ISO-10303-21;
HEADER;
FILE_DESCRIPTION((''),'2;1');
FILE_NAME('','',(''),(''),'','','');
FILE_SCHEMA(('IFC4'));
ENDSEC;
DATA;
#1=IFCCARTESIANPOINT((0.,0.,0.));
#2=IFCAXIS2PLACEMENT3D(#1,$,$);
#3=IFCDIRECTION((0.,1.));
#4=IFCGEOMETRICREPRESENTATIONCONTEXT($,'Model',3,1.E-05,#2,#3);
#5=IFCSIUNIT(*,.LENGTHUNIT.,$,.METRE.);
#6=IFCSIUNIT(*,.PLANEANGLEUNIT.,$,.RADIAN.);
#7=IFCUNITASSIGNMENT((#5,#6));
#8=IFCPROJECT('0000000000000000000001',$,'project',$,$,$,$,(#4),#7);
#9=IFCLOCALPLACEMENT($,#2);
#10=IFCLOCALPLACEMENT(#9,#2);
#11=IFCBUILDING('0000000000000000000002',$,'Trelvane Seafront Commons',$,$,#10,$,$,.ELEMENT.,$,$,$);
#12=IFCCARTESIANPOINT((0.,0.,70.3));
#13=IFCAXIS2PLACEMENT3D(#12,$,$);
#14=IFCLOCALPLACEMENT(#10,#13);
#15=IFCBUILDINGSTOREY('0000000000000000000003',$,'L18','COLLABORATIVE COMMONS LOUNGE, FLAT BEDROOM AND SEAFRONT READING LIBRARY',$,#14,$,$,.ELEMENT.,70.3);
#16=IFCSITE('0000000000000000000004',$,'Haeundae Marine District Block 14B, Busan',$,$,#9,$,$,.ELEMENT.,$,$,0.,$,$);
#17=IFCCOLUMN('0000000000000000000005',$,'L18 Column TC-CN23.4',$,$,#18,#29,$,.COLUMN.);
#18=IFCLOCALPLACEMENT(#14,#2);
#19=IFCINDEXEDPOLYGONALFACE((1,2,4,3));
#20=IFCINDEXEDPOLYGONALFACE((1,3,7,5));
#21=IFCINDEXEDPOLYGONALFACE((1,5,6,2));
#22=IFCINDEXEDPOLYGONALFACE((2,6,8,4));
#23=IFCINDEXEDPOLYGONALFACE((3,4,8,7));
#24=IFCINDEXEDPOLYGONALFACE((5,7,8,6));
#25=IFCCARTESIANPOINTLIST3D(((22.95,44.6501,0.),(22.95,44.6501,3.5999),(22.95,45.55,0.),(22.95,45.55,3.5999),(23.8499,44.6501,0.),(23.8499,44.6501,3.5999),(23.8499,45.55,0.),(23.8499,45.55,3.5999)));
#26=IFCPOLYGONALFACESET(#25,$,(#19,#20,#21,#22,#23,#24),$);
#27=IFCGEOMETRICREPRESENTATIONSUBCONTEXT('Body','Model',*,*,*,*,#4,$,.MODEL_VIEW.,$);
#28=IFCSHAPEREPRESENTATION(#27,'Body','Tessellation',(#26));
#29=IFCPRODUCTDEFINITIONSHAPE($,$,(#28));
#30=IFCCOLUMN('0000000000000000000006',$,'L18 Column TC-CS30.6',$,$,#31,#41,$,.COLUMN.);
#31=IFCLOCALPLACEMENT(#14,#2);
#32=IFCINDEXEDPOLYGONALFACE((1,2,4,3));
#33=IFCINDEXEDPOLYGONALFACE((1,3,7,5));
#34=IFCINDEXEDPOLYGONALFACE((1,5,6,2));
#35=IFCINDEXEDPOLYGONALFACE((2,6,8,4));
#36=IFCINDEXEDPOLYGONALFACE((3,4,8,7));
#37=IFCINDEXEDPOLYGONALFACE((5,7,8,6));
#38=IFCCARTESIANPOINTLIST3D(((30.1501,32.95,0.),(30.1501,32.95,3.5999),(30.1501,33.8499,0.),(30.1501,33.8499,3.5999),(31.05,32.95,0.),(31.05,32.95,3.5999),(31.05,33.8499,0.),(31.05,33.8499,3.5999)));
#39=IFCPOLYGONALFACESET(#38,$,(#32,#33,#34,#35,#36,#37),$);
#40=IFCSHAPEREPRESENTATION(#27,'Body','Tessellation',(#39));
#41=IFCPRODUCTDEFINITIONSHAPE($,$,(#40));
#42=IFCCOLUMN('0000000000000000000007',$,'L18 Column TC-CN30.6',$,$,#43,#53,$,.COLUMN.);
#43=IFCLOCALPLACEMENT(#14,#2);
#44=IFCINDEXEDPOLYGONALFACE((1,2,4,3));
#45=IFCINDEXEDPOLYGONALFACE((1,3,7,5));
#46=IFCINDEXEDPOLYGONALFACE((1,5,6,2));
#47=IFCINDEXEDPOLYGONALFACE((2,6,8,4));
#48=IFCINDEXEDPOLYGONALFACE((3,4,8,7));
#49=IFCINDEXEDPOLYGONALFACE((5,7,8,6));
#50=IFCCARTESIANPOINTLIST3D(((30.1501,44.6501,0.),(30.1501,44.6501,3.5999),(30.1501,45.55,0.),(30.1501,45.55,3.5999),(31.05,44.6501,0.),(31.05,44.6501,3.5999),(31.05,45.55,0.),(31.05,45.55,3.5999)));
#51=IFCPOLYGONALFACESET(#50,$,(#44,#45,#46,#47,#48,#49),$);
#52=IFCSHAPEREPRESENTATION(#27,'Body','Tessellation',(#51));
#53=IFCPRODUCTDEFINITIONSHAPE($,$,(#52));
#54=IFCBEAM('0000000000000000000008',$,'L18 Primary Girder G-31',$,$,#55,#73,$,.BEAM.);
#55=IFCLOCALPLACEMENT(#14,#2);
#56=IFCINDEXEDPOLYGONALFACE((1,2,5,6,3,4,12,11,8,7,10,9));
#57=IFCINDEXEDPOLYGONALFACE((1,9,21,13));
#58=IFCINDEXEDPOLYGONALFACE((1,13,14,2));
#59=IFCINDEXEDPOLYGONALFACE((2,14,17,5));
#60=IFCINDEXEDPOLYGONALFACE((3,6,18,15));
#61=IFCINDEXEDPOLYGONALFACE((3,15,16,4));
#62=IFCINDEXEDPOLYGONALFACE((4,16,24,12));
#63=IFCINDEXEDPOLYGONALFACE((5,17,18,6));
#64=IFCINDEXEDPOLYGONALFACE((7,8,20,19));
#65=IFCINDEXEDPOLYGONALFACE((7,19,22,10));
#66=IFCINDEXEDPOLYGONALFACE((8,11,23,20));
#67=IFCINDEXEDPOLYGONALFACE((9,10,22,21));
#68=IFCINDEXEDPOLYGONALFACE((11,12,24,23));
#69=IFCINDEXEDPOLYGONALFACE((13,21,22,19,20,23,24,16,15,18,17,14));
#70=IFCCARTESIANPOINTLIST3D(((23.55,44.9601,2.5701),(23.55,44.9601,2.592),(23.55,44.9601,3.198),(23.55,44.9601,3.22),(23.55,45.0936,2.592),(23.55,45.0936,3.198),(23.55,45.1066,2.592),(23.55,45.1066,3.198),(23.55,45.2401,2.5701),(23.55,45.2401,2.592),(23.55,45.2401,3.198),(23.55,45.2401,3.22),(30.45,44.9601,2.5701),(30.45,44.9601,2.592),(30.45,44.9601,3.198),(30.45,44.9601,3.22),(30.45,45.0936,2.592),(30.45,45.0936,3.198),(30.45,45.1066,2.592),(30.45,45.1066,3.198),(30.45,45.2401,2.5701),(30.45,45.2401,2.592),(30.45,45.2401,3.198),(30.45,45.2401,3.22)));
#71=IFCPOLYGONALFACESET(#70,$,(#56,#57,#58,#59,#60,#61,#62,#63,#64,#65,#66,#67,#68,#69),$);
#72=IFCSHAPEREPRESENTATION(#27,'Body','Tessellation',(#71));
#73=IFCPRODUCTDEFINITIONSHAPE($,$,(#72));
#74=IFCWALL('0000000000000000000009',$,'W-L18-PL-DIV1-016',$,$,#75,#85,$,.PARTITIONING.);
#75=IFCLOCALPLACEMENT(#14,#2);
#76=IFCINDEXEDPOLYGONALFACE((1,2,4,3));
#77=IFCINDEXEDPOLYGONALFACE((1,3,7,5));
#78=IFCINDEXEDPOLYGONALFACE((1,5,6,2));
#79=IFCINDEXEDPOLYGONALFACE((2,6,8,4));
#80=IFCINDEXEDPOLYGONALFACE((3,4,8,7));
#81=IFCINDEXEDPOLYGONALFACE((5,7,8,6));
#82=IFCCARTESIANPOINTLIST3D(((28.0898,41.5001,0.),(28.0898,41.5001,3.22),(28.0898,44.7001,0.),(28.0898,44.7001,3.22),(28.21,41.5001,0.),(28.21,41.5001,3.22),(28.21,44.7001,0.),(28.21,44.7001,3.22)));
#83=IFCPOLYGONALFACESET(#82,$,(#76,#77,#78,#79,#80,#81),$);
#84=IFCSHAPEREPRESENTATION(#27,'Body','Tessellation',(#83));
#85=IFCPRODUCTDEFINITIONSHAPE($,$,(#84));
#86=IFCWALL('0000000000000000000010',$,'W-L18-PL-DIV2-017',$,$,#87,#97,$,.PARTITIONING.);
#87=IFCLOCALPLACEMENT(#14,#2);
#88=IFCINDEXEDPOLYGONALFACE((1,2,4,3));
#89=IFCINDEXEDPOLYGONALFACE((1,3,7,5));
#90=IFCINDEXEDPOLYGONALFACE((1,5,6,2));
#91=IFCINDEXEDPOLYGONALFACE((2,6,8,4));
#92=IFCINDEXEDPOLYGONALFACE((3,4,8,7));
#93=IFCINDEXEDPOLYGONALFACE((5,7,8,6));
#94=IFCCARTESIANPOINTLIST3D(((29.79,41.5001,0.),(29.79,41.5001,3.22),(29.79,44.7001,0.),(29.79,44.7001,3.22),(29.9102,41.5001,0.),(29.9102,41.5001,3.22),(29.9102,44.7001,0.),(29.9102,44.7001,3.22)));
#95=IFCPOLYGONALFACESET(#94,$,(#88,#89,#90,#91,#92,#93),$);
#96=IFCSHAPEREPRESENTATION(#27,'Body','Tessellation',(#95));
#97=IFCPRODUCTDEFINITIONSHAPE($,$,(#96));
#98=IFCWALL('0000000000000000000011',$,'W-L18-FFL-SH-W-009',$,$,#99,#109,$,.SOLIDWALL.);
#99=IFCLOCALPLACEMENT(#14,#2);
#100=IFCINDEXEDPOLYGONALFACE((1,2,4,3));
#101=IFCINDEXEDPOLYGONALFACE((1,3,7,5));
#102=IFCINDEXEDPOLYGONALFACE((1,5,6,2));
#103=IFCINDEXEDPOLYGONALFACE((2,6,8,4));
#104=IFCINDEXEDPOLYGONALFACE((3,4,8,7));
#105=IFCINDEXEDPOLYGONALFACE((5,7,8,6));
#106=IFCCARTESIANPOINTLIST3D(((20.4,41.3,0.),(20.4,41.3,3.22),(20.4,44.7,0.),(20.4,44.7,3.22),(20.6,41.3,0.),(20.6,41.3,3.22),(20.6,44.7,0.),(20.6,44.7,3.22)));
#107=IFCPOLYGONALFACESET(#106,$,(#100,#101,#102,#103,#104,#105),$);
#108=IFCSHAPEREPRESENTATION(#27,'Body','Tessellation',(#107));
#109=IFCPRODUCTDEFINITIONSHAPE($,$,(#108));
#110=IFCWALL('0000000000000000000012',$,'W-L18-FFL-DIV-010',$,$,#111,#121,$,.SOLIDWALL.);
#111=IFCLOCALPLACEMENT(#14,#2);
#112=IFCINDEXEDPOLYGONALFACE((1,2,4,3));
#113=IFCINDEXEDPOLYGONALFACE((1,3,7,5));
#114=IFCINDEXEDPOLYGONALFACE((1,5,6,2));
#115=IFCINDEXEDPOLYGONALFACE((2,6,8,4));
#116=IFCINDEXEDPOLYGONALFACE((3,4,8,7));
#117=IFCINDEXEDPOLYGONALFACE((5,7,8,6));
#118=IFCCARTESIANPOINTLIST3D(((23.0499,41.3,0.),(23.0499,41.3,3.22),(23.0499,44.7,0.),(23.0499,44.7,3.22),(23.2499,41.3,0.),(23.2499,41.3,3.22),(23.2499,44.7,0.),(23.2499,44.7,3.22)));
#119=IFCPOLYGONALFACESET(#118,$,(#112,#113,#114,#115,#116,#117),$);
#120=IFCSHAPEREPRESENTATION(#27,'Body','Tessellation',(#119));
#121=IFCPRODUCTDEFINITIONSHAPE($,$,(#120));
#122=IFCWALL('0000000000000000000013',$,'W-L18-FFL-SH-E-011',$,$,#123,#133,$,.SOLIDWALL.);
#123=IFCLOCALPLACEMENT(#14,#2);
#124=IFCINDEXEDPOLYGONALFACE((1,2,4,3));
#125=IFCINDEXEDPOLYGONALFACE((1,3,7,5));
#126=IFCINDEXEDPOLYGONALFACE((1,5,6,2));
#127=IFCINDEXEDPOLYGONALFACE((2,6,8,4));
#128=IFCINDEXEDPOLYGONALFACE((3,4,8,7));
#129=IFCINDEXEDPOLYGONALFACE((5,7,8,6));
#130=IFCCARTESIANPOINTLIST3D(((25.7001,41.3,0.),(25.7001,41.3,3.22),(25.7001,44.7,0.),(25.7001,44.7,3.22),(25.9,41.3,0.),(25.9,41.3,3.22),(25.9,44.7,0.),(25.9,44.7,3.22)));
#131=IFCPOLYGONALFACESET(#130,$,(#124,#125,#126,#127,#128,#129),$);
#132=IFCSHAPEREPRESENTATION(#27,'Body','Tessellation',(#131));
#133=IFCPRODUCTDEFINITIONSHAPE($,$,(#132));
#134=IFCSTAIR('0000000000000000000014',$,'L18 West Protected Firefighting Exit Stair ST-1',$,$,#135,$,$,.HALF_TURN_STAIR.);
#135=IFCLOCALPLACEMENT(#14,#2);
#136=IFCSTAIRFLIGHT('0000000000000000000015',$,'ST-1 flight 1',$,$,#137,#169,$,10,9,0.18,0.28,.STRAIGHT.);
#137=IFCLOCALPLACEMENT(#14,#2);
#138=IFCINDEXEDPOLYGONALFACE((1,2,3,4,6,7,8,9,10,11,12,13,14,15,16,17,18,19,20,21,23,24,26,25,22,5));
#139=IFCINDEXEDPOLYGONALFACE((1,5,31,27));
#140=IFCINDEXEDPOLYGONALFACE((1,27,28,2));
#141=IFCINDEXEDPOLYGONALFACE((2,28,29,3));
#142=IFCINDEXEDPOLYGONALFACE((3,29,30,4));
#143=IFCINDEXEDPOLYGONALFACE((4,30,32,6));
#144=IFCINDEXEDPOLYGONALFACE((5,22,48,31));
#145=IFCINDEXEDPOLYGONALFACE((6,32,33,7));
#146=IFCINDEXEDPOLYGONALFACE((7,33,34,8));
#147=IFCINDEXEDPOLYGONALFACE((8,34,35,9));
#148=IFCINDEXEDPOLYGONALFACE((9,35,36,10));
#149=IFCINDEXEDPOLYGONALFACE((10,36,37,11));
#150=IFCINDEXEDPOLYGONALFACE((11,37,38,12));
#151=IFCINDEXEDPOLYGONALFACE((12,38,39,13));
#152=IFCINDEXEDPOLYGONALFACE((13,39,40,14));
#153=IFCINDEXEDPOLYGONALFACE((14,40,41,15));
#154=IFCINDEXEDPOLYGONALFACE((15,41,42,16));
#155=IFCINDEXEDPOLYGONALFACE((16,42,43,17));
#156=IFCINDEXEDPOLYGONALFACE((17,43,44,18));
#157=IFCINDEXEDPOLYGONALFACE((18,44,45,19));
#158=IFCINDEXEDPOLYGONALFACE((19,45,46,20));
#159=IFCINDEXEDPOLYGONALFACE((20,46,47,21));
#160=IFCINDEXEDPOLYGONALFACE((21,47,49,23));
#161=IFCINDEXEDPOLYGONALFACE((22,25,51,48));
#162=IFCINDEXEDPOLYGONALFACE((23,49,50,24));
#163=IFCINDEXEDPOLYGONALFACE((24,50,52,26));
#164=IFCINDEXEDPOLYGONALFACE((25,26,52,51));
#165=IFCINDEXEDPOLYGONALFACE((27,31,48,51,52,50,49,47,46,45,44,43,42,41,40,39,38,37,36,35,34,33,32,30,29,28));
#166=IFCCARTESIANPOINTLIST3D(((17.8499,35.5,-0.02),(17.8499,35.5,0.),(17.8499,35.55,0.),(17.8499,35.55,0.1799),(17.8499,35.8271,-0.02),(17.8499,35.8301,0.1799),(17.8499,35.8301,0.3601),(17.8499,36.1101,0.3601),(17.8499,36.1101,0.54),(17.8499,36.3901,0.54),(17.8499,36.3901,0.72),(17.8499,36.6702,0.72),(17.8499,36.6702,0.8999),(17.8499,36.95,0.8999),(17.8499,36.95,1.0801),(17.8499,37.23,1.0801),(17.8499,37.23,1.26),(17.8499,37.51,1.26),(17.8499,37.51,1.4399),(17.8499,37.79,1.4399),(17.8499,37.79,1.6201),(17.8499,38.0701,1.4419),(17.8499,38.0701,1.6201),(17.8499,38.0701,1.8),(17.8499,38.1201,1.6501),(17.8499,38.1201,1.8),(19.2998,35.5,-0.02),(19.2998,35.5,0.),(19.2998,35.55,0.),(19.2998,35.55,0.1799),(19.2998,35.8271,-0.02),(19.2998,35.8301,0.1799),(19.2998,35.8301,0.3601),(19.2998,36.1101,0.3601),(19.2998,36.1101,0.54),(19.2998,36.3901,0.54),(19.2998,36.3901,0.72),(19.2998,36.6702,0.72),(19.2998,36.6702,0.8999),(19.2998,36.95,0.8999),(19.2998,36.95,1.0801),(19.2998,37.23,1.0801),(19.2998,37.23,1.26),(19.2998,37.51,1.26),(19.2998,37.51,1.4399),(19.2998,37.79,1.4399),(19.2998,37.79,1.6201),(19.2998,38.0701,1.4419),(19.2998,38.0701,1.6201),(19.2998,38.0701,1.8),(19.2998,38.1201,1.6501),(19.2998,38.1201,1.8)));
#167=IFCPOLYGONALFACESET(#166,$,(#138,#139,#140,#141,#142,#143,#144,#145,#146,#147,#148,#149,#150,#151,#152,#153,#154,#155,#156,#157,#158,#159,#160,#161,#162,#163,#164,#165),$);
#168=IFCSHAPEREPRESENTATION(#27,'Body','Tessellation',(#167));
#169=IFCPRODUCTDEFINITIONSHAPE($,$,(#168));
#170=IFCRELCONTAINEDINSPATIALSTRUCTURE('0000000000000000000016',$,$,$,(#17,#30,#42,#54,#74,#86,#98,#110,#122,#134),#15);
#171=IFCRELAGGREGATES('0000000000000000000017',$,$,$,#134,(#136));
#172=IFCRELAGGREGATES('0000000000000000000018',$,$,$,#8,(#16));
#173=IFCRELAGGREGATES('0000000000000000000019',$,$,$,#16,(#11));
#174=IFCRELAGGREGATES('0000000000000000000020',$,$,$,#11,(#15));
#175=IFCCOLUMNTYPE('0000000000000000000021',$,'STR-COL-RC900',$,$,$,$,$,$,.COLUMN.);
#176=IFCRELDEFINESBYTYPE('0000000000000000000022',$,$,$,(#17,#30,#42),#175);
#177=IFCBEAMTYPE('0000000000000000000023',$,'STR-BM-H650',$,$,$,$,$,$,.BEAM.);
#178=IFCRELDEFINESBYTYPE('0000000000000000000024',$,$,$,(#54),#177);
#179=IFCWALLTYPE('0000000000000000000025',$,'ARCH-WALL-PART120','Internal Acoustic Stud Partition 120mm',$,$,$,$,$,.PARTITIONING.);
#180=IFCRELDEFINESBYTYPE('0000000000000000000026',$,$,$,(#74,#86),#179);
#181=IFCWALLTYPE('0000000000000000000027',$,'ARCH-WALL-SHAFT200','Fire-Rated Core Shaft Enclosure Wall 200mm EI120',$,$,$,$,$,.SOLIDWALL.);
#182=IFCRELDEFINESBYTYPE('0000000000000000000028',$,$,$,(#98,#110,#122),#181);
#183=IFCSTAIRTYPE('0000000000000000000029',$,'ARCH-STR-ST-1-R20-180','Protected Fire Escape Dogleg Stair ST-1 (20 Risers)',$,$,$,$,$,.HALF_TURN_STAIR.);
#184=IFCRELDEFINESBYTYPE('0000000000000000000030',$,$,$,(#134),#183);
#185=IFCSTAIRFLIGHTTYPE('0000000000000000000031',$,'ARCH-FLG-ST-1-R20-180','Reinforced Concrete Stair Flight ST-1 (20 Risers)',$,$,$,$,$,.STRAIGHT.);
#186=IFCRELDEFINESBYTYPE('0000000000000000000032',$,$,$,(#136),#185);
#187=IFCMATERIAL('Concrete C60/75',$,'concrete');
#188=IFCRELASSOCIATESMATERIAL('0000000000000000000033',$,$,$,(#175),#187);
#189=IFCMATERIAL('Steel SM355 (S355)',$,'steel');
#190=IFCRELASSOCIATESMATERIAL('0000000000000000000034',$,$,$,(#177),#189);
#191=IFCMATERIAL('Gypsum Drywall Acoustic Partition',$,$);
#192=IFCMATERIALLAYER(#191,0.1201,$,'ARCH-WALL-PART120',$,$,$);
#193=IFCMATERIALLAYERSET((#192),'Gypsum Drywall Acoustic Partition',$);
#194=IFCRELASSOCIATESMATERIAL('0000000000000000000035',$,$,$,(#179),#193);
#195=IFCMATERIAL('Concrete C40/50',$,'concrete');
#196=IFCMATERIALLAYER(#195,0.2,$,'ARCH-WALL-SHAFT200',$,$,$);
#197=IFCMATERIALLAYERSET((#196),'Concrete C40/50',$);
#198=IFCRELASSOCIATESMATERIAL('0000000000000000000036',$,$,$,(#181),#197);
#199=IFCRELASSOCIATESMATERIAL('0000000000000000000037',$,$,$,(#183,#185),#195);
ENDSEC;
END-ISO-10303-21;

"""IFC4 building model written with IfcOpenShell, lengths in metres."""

from ifc_helpers import new_model, si_unit, direction, frame, frame_2d, origin, origin_2d, place, context, subcontext, project, spatial, polyline, rectangle, i_section, outline, extrude, source, transform, mapped, material, layer, layer_set, material_profile, profile_set, type_object, element, aggregate, save


model = new_model("IFC4")

# Units and contexts
model_context = context("Model", 3, precision=1e-05, world=origin(), true_north=direction((0.0, 1.0)))
body_context = subcontext(model_context, "Body", "Model", "MODEL_VIEW")
ifc_project = project(units=[si_unit("LENGTHUNIT", "METRE"), si_unit("PLANEANGLEUNIT", "RADIAN")], contexts=[model_context])

# Site, building, storey
site_placement = place(None, origin())
site = spatial("IfcSite", under=ifc_project, at=site_placement, Name="Haeundae Marine District Block 14B, Busan", CompositionType="ELEMENT", RefElevation=0.0)
building_placement = place(site_placement, origin())
building = spatial("IfcBuilding", under=site, at=building_placement, Name="Trelvane Seafront Commons", CompositionType="ELEMENT")
storey_placement = place(building_placement, frame((0.0, 0.0, 70.3)))
storey = spatial("IfcBuildingStorey", under=building, at=storey_placement, Name="L18", Description="COLLABORATIVE COMMONS LOUNGE, FLAT BEDROOM AND SEAFRONT READING LIBRARY", CompositionType="ELEMENT", Elevation=70.3)

# Columns
ifc_material_1 = material(Name="Concrete C60/75", Category="concrete")
ifc_material_profile_1 = material_profile(ifc_material_1, rectangle(XDim=0.8999, YDim=0.8999, at=origin_2d()), Name="RC-900x900")
ifc_profile_set_1 = profile_set([ifc_material_profile_1], Name="Concrete C60/75")
column_type = type_object("IfcColumnType", Name="STR-COL-RC900", PredefinedType="COLUMN", material=ifc_profile_set_1)
shared_shape_1 = source(origin(), body_context, "Body", "SweptSolid", [
    extrude(rectangle(XDim=0.8999, YDim=0.8999, at=origin_2d()), origin(), (0.0, 0.0, 1.0), 3.5999),
])
for number, where, z_axis, x_axis, name in (
    (1, (23.3999, 45.1001, 0.0), (0.0, 0.0, 1.0), (1.0, 0.0, 0.0), "L18 Column TC-CN23.4"),
    (2, (30.6001, 33.3999, 0.0), (0.0, 0.0, 1.0), (1.0, 0.0, 0.0), "L18 Column TC-CS30.6"),
    (3, (30.6001, 45.1001, 0.0), (0.0, 0.0, 1.0), (1.0, 0.0, 0.0), "L18 Column TC-CN30.6"),
):
    element("IfcColumn", number, at=place(storey_placement, frame(where, z_axis=z_axis, x_axis=x_axis)), inside=storey, type_object=column_type, Name=name, PredefinedType="COLUMN", context=body_context, shape_type="MappedRepresentation", body=[
        mapped(shared_shape_1, transform((0.0, 0.0, 0.0), x_axis=(1.0, 0.0, 0.0), y_axis=(0.0, 1.0, 0.0), z_axis=(0.0, 0.0, 1.0), scale=1.0)),
    ])

# Beam
ifc_material_2 = material(Name="Steel SM355 (S355)", Category="steel")
ifc_material_profile_2 = material_profile(ifc_material_2, i_section(OverallWidth=0.28, OverallDepth=0.6499, WebThickness=0.0129, FlangeThickness=0.022, at=origin_2d()), Name="H-650x280x13x22")
ifc_profile_set_2 = profile_set([ifc_material_profile_2], Name="Steel SM355 (S355)")
beam_type = type_object("IfcBeamType", Name="STR-BM-H650", PredefinedType="BEAM", material=ifc_profile_set_2)
shared_shape_2 = source(origin(), body_context, "Body", "SweptSolid", [
    extrude(i_section(OverallWidth=0.28, OverallDepth=0.6499, WebThickness=0.0129, FlangeThickness=0.022, at=origin_2d()), origin(), (0.0, 0.0, 1.0), 6.8999),
])
beam_placement = place(storey_placement, frame((23.55, 45.1001, 2.895), z_axis=(1.0, 0.0, 0.0), x_axis=(0.0, 1.0, 0.0)))
element("IfcBeam", 4, at=beam_placement, inside=storey, type_object=beam_type, Name="L18 Primary Girder G-31", PredefinedType="BEAM", context=body_context, shape_type="MappedRepresentation", body=[
    mapped(shared_shape_2, transform((0.0, 0.0, 0.0), x_axis=(1.0, 0.0, 0.0), y_axis=(0.0, 1.0, 0.0), z_axis=(0.0, 0.0, 1.0), scale=1.0)),
])

# Walls
ifc_material_3 = material(Name="Gypsum Drywall Acoustic Partition")
ifc_layer_1 = layer(ifc_material_3, 0.1201, Name="ARCH-WALL-PART120")
ifc_layer_set_1 = layer_set([ifc_layer_1], Name="Gypsum Drywall Acoustic Partition")
wall_type_1 = type_object("IfcWallType", Name="ARCH-WALL-PART120", Description="Internal Acoustic Stud Partition 120mm", PredefinedType="PARTITIONING", material=ifc_layer_set_1)
for number, where, z_axis, x_axis, name in (
    (5, (28.1499, 41.5, 0.0), (0.0, 0.0, 1.0), (0.0, 1.0, 0.0), "W-L18-PL-DIV1-016"),
    (6, (29.8501, 41.5, 0.0), (0.0, 0.0, 1.0), (0.0, 1.0, 0.0), "W-L18-PL-DIV2-017"),
):
    element("IfcWall", number, at=place(storey_placement, frame(where, z_axis=z_axis, x_axis=x_axis)), inside=storey, type_object=wall_type_1, Name=name, PredefinedType="PARTITIONING", context=body_context, shape_type="SweptSolid", body=[
        extrude(rectangle(XDim=3.2, YDim=0.1201, at=frame_2d((1.6001, 0.0))), origin(), (0.0, 0.0, 1.0), 3.22),
    ])

# Shared definitions
ifc_material_4 = material(Name="Concrete C40/50", Category="concrete")
ifc_layer_2 = layer(ifc_material_4, 0.2, Name="ARCH-WALL-SHAFT200")
ifc_layer_set_2 = layer_set([ifc_layer_2], Name="Concrete C40/50")
wall_type_2 = type_object("IfcWallType", Name="ARCH-WALL-SHAFT200", Description="Fire-Rated Core Shaft Enclosure Wall 200mm EI120", PredefinedType="SOLIDWALL", material=ifc_layer_set_2)

# Walls
for number, where, z_axis, x_axis, name in (
    (7, (20.5, 41.3, 0.0), (0.0, 0.0, 1.0), (0.0, 1.0, 0.0), "W-L18-FFL-SH-W-009"),
    (8, (23.1499, 41.3, 0.0), (0.0, 0.0, 1.0), (0.0, 1.0, 0.0), "W-L18-FFL-DIV-010"),
    (9, (25.8, 41.3, 0.0), (0.0, 0.0, 1.0), (0.0, 1.0, 0.0), "W-L18-FFL-SH-E-011"),
):
    element("IfcWall", number, at=place(storey_placement, frame(where, z_axis=z_axis, x_axis=x_axis)), inside=storey, type_object=wall_type_2, Name=name, PredefinedType="SOLIDWALL", context=body_context, shape_type="SweptSolid", body=[
        extrude(rectangle(XDim=3.3999, YDim=0.2, at=frame_2d((1.7, 0.0))), origin(), (0.0, 0.0, 1.0), 3.22),
    ])

# Stair, stair flight
stair_type = type_object("IfcStairType", Name="ARCH-STR-ST-1-R20-180", Description="Protected Fire Escape Dogleg Stair ST-1 (20 Risers)", PredefinedType="HALF_TURN_STAIR", material=ifc_material_4)
stair_placement = place(storey_placement, origin())
stair = element("IfcStair", 10, at=stair_placement, inside=storey, type_object=stair_type, Name="L18 West Protected Firefighting Exit Stair ST-1", PredefinedType="HALF_TURN_STAIR")
stair_flight_type = type_object("IfcStairFlightType", Name="ARCH-FLG-ST-1-R20-180", Description="Reinforced Concrete Stair Flight ST-1 (20 Risers)", PredefinedType="STRAIGHT", material=ifc_material_4)
shared_shape_3 = source(origin(), body_context, "Body", "SweptSolid", [
    extrude(outline(polyline([(-0.05, -0.02), (-0.05, 0.0), (0.0, 0.0), (0.0, 0.1799), (0.28, 0.1799), (0.28, 0.3601), (0.5601, 0.3601), (0.5601, 0.54), (0.8401, 0.54), (0.8401, 0.72), (1.1201, 0.72), (1.1201, 0.8999), (1.3999, 0.8999), (1.3999, 1.0801), (1.6799, 1.0801), (1.6799, 1.26), (1.96, 1.26), (1.96, 1.4399), (2.24, 1.4399), (2.24, 1.6201), (2.52, 1.6201), (2.52, 1.8), (2.5701, 1.8), (2.5701, 1.6501), (2.52, 1.4419), (0.2771, -0.02), (-0.05, -0.02)])), frame((0.0, 0.7251, 0.0), z_axis=(0.0, -1.0, 0.0), x_axis=(1.0, 0.0, 0.0)), (0.0, 0.0, 1.0), 1.45),
])
stair_flight_placement = place(storey_placement, frame((18.575, 35.55, 0.0), z_axis=(0.0, 0.0, 1.0), x_axis=(0.0, 1.0, 0.0)))
stair_flight = element("IfcStairFlight", 11, at=stair_flight_placement, type_object=stair_flight_type, Name="ST-1 flight 1", NumberOfRisers=10, NumberOfTreads=9, PredefinedType="STRAIGHT", RiserHeight=0.18, TreadLength=0.28, context=body_context, shape_type="MappedRepresentation", body=[
    mapped(shared_shape_3, transform((0.0, 0.0, 0.0), x_axis=(1.0, 0.0, 0.0), y_axis=(0.0, 1.0, 0.0), z_axis=(0.0, 0.0, 1.0), scale=1.0)),
])
aggregate(stair, [stair_flight])

save(model, "model.ifc")
